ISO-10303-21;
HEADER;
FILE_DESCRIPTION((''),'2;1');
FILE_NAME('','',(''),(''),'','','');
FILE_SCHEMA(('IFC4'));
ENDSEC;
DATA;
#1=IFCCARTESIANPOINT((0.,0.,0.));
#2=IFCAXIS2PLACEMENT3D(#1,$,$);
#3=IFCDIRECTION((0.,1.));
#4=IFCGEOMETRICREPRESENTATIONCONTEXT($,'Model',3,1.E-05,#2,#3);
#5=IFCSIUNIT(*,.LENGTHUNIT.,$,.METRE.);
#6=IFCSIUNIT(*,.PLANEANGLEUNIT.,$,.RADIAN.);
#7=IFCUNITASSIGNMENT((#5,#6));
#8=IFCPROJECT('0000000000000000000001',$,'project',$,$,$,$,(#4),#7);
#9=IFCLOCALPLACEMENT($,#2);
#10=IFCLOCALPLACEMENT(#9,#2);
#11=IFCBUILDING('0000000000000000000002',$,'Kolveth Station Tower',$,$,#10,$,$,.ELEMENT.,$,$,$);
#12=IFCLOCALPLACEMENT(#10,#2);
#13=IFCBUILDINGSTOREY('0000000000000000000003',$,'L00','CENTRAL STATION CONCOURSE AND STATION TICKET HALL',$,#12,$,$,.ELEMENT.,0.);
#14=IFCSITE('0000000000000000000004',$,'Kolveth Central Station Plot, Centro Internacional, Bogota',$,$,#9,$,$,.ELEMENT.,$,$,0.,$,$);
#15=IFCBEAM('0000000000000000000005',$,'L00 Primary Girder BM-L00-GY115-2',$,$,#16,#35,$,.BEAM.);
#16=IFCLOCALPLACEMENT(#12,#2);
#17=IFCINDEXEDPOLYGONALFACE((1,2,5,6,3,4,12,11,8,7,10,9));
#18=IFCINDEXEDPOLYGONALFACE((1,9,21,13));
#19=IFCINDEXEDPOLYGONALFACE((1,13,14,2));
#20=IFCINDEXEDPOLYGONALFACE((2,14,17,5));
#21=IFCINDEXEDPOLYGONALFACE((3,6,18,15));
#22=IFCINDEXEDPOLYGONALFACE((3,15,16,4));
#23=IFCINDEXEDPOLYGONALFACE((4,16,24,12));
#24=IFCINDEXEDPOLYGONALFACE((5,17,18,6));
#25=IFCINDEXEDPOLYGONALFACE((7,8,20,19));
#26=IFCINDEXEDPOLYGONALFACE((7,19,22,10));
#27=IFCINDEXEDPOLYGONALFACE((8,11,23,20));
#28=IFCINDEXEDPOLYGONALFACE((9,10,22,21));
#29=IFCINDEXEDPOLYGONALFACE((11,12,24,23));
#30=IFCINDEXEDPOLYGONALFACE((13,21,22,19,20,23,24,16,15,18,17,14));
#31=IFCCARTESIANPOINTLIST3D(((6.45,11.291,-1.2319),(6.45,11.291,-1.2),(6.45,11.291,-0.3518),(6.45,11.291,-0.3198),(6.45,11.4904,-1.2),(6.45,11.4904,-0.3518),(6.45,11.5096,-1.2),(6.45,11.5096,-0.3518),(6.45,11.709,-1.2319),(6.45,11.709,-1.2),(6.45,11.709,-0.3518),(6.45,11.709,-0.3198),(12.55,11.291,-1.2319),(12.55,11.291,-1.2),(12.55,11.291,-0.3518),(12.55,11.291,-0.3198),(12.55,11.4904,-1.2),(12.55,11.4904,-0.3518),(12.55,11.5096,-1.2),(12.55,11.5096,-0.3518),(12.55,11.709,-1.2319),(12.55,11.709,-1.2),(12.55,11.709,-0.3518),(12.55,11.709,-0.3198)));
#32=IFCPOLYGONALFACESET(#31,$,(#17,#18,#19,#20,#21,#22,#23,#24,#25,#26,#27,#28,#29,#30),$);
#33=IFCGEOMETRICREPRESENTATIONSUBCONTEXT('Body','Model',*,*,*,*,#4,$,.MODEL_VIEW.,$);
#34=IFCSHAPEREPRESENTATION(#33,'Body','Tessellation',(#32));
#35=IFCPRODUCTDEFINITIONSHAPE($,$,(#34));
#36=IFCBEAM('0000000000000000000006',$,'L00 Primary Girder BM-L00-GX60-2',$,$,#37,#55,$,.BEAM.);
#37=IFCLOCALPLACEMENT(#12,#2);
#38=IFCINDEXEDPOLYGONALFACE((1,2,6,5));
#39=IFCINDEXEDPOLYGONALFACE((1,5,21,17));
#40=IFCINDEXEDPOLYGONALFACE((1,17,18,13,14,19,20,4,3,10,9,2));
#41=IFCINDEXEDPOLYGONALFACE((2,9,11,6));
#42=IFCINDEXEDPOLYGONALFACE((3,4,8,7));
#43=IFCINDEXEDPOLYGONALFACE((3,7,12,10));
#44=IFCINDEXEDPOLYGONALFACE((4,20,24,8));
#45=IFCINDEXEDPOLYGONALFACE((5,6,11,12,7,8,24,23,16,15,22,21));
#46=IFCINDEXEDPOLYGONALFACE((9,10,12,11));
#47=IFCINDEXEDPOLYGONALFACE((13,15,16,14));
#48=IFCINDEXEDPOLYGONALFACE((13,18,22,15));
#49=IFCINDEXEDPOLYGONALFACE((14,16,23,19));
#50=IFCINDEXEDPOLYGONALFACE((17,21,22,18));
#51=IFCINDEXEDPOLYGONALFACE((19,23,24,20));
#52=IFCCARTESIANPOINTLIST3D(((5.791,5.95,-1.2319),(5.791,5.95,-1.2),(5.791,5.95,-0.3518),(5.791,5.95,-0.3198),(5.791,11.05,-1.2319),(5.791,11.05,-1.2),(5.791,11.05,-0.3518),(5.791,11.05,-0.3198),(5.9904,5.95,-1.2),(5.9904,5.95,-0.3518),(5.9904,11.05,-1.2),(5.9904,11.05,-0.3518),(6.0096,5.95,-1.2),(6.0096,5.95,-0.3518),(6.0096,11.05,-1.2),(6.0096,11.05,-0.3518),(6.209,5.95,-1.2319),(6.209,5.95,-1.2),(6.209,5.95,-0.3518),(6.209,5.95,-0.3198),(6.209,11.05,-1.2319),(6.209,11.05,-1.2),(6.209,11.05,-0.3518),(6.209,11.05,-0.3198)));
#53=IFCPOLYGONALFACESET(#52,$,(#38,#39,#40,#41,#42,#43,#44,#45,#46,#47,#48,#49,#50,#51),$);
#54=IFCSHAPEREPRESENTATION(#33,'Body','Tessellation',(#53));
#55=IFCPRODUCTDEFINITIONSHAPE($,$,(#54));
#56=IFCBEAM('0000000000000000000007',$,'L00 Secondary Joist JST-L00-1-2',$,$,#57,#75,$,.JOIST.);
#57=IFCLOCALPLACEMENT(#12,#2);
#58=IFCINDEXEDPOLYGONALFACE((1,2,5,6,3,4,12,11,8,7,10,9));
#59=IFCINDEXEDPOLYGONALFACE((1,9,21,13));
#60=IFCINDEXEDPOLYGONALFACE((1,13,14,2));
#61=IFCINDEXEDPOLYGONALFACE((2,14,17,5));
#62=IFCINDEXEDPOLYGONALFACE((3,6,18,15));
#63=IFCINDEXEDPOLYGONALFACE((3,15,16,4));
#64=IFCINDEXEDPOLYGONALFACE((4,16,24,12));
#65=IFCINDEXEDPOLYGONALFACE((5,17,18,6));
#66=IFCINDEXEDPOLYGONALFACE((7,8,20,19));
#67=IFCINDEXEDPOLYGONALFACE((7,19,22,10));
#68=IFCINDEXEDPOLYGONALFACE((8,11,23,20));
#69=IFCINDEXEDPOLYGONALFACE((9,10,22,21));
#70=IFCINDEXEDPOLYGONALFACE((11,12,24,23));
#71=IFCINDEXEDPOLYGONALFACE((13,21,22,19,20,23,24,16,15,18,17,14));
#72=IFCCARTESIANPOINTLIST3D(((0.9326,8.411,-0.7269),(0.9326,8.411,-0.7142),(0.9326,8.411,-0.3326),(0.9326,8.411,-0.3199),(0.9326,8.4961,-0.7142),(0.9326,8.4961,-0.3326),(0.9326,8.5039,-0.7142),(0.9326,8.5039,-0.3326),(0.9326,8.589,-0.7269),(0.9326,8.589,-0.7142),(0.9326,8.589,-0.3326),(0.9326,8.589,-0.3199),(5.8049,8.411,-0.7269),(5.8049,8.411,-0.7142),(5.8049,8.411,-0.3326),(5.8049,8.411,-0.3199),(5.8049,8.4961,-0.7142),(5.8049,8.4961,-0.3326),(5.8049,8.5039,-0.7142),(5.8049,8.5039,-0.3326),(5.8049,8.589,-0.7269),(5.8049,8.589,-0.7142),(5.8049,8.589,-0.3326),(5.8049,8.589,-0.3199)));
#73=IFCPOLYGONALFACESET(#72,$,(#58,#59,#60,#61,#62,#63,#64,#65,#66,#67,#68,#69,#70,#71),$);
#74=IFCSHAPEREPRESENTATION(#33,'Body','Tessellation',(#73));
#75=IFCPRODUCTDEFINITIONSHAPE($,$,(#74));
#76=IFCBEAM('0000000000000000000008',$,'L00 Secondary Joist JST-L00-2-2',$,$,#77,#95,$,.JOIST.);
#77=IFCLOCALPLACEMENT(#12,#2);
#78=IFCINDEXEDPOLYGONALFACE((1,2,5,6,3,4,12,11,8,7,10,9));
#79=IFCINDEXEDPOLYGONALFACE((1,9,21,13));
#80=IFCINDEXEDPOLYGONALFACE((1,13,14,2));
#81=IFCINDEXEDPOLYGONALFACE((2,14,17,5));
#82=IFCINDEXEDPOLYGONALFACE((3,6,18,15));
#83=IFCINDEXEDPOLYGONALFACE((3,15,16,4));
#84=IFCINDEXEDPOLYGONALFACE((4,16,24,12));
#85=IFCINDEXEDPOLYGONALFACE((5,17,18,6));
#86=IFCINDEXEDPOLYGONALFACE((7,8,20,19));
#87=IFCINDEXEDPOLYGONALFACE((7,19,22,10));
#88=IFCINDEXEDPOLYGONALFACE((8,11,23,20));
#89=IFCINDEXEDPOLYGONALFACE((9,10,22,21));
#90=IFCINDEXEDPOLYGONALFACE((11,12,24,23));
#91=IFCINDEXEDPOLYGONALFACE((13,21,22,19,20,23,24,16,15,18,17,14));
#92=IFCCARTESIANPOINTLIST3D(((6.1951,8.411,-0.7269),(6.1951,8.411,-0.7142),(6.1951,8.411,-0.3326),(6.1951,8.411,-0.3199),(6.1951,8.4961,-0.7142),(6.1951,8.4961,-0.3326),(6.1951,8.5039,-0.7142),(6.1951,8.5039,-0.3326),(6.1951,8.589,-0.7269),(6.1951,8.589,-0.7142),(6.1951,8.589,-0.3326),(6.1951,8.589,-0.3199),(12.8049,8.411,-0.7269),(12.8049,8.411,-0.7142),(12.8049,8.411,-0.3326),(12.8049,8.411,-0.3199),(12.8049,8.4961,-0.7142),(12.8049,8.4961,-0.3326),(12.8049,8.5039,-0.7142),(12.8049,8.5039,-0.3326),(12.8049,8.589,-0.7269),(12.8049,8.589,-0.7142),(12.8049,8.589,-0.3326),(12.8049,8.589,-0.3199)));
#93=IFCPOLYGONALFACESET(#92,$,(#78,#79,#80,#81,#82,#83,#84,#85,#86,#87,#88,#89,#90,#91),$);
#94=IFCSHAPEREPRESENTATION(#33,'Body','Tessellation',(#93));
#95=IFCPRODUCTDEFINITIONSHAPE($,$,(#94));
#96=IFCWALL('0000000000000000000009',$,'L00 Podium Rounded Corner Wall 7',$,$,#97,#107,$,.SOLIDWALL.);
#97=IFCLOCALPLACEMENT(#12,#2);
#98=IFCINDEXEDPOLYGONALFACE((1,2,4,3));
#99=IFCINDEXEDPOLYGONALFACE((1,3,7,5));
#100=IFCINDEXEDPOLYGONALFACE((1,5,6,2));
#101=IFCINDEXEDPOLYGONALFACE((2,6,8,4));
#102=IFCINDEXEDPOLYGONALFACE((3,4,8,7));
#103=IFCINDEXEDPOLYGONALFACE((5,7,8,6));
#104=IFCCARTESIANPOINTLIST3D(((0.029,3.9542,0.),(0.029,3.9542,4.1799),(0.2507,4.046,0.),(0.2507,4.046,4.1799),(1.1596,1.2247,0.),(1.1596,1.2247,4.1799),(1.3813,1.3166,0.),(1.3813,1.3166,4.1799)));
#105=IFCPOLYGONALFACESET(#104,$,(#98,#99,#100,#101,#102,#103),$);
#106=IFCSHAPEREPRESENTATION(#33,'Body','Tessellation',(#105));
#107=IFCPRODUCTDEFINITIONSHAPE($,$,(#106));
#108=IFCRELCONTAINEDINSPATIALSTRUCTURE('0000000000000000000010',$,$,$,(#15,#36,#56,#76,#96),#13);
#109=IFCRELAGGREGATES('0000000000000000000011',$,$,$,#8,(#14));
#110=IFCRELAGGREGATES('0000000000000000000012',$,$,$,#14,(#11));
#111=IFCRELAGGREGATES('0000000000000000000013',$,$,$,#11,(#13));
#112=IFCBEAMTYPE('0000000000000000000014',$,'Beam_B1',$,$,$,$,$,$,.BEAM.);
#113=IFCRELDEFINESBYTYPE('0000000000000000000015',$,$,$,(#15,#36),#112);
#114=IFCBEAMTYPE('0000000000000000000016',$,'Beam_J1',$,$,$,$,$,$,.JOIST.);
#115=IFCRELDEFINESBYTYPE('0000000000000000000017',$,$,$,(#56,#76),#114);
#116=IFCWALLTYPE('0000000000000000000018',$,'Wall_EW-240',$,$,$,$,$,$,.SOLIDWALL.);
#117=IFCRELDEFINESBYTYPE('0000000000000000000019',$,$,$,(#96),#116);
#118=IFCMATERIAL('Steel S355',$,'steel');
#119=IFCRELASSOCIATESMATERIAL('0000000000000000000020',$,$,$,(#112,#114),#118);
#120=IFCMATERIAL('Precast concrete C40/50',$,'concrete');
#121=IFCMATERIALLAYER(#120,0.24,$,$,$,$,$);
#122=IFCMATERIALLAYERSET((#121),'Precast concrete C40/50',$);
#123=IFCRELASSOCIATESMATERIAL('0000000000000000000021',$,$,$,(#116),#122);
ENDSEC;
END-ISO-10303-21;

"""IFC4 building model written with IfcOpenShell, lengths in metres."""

from ifc_helpers import new_model, si_unit, direction, frame, frame_2d, origin, origin_2d, place, context, subcontext, project, spatial, rectangle, i_section, extrude, source, transform, mapped, material, layer, layer_set, material_profile, profile_set, type_object, element, save


model = new_model("IFC4")

# Units and contexts
model_context = context("Model", 3, precision=1e-05, world=origin(), true_north=direction((0.0, 1.0)))
body_context = subcontext(model_context, "Body", "Model", "MODEL_VIEW")
ifc_project = project(units=[si_unit("LENGTHUNIT", "METRE"), si_unit("PLANEANGLEUNIT", "RADIAN")], contexts=[model_context])

# Site, building, storey
site_placement = place(None, origin())
site = spatial("IfcSite", under=ifc_project, at=site_placement, Name="Kolveth Central Station Plot, Centro Internacional, Bogota", CompositionType="ELEMENT", RefElevation=0.0)
building_placement = place(site_placement, origin())
building = spatial("IfcBuilding", under=site, at=building_placement, Name="Kolveth Station Tower", CompositionType="ELEMENT")
storey_placement = place(building_placement, origin())
storey = spatial("IfcBuildingStorey", under=building, at=storey_placement, Name="L00", Description="CENTRAL STATION CONCOURSE AND STATION TICKET HALL", CompositionType="ELEMENT", Elevation=0.0)

# Beams
ifc_material_1 = material(Name="Steel S355", Category="steel")
ifc_material_profile_1 = material_profile(ifc_material_1, i_section(OverallWidth=0.418, OverallDepth=0.9121, WebThickness=0.0193, FlangeThickness=0.032, at=origin_2d()), Name="W920x342")
ifc_profile_set_1 = profile_set([ifc_material_profile_1], Name="Steel S355")
beam_type_1 = type_object("IfcBeamType", Name="Beam_B1", PredefinedType="BEAM", material=ifc_profile_set_1)
shared_shape_1 = source(origin(), body_context, "Body", "SweptSolid", [
    extrude(i_section(OverallWidth=0.418, OverallDepth=0.9121, WebThickness=0.0193, FlangeThickness=0.032, at=origin_2d()), origin(), (0.0, 0.0, 1.0), 6.1001),
])
for number, where, z_axis, x_axis, name in (
    (1, (6.45, 11.5, -0.7759), (1.0, 0.0, 0.0), (0.0, 1.0, 0.0), "L00 Primary Girder BM-L00-GY115-2"),
):
    element("IfcBeam", number, at=place(storey_placement, frame(where, z_axis=z_axis, x_axis=x_axis)), inside=storey, type_object=beam_type_1, Name=name, PredefinedType="BEAM", context=body_context, shape_type="MappedRepresentation", body=[
        mapped(shared_shape_1, transform((0.0, 0.0, 0.0), x_axis=(1.0, 0.0, 0.0), y_axis=(0.0, 1.0, 0.0), z_axis=(0.0, 0.0, 1.0), scale=1.0)),
    ])
shared_shape_2 = source(origin(), body_context, "Body", "SweptSolid", [
    extrude(i_section(OverallWidth=0.418, OverallDepth=0.9121, WebThickness=0.0193, FlangeThickness=0.032, at=origin_2d()), origin(), (0.0, 0.0, 1.0), 5.1001),
])
beam_1_placement = place(storey_placement, frame((6.0, 5.95, -0.7759), z_axis=(0.0, 1.0, 0.0), x_axis=(-1.0, 0.0, 0.0)))
element("IfcBeam", 2, at=beam_1_placement, inside=storey, type_object=beam_type_1, Name="L00 Primary Girder BM-L00-GX60-2", PredefinedType="BEAM", context=body_context, shape_type="MappedRepresentation", body=[
    mapped(shared_shape_2, transform((0.0, 0.0, 0.0), x_axis=(1.0, 0.0, 0.0), y_axis=(0.0, 1.0, 0.0), z_axis=(0.0, 0.0, 1.0), scale=1.0)),
])
ifc_material_profile_2 = material_profile(ifc_material_1, i_section(OverallWidth=0.178, OverallDepth=0.407, WebThickness=0.0078, FlangeThickness=0.0127, at=origin_2d()), Name="W410x60")
ifc_profile_set_2 = profile_set([ifc_material_profile_2], Name="Steel S355")
beam_type_2 = type_object("IfcBeamType", Name="Beam_J1", PredefinedType="JOIST", material=ifc_profile_set_2)
shared_shape_3 = source(origin(), body_context, "Body", "SweptSolid", [
    extrude(i_section(OverallWidth=0.178, OverallDepth=0.407, WebThickness=0.0078, FlangeThickness=0.0127, at=origin_2d()), origin(), (0.0, 0.0, 1.0), 4.8723),
])
beam_2_placement = place(storey_placement, frame((0.9326, 8.5, -0.5234), z_axis=(1.0, 0.0, 0.0), x_axis=(0.0, 1.0, 0.0)))
element("IfcBeam", 3, at=beam_2_placement, inside=storey, type_object=beam_type_2, Name="L00 Secondary Joist JST-L00-1-2", PredefinedType="JOIST", context=body_context, shape_type="MappedRepresentation", body=[
    mapped(shared_shape_3, transform((0.0, 0.0, 0.0), x_axis=(1.0, 0.0, 0.0), y_axis=(0.0, 1.0, 0.0), z_axis=(0.0, 0.0, 1.0), scale=1.0)),
])
shared_shape_4 = source(origin(), body_context, "Body", "SweptSolid", [
    extrude(i_section(OverallWidth=0.178, OverallDepth=0.407, WebThickness=0.0078, FlangeThickness=0.0127, at=origin_2d()), origin(), (0.0, 0.0, 1.0), 6.6099),
])
beam_3_placement = place(storey_placement, frame((6.1951, 8.5, -0.5234), z_axis=(1.0, 0.0, 0.0), x_axis=(0.0, 1.0, 0.0)))
element("IfcBeam", 4, at=beam_3_placement, inside=storey, type_object=beam_type_2, Name="L00 Secondary Joist JST-L00-2-2", PredefinedType="JOIST", context=body_context, shape_type="MappedRepresentation", body=[
    mapped(shared_shape_4, transform((0.0, 0.0, 0.0), x_axis=(1.0, 0.0, 0.0), y_axis=(0.0, 1.0, 0.0), z_axis=(0.0, 0.0, 1.0), scale=1.0)),
])

# Wall
ifc_material_2 = material(Name="Precast concrete C40/50", Category="concrete")
ifc_layer_1 = layer(ifc_material_2, 0.24)
ifc_layer_set_1 = layer_set([ifc_layer_1], Name="Precast concrete C40/50")
wall_type_1 = type_object("IfcWallType", Name="Wall_EW-240", PredefinedType="SOLIDWALL", material=ifc_layer_set_1)
wall_1_placement = place(storey_placement, frame((0.1399, 4.0, 0.0), z_axis=(0.0, 0.0, 1.0), x_axis=(0.38269, -0.923877, 0.0)))
element("IfcWall", 5, at=wall_1_placement, inside=storey, type_object=wall_type_1, Name="L00 Podium Rounded Corner Wall 7", PredefinedType="SOLIDWALL", context=body_context, shape_type="SweptSolid", body=[
    extrude(rectangle(XDim=2.9543, YDim=0.24, at=frame_2d((1.4771, 0.0))), origin(), (0.0, 0.0, 1.0), 4.1799),
])

save(model, "model.ifc")
